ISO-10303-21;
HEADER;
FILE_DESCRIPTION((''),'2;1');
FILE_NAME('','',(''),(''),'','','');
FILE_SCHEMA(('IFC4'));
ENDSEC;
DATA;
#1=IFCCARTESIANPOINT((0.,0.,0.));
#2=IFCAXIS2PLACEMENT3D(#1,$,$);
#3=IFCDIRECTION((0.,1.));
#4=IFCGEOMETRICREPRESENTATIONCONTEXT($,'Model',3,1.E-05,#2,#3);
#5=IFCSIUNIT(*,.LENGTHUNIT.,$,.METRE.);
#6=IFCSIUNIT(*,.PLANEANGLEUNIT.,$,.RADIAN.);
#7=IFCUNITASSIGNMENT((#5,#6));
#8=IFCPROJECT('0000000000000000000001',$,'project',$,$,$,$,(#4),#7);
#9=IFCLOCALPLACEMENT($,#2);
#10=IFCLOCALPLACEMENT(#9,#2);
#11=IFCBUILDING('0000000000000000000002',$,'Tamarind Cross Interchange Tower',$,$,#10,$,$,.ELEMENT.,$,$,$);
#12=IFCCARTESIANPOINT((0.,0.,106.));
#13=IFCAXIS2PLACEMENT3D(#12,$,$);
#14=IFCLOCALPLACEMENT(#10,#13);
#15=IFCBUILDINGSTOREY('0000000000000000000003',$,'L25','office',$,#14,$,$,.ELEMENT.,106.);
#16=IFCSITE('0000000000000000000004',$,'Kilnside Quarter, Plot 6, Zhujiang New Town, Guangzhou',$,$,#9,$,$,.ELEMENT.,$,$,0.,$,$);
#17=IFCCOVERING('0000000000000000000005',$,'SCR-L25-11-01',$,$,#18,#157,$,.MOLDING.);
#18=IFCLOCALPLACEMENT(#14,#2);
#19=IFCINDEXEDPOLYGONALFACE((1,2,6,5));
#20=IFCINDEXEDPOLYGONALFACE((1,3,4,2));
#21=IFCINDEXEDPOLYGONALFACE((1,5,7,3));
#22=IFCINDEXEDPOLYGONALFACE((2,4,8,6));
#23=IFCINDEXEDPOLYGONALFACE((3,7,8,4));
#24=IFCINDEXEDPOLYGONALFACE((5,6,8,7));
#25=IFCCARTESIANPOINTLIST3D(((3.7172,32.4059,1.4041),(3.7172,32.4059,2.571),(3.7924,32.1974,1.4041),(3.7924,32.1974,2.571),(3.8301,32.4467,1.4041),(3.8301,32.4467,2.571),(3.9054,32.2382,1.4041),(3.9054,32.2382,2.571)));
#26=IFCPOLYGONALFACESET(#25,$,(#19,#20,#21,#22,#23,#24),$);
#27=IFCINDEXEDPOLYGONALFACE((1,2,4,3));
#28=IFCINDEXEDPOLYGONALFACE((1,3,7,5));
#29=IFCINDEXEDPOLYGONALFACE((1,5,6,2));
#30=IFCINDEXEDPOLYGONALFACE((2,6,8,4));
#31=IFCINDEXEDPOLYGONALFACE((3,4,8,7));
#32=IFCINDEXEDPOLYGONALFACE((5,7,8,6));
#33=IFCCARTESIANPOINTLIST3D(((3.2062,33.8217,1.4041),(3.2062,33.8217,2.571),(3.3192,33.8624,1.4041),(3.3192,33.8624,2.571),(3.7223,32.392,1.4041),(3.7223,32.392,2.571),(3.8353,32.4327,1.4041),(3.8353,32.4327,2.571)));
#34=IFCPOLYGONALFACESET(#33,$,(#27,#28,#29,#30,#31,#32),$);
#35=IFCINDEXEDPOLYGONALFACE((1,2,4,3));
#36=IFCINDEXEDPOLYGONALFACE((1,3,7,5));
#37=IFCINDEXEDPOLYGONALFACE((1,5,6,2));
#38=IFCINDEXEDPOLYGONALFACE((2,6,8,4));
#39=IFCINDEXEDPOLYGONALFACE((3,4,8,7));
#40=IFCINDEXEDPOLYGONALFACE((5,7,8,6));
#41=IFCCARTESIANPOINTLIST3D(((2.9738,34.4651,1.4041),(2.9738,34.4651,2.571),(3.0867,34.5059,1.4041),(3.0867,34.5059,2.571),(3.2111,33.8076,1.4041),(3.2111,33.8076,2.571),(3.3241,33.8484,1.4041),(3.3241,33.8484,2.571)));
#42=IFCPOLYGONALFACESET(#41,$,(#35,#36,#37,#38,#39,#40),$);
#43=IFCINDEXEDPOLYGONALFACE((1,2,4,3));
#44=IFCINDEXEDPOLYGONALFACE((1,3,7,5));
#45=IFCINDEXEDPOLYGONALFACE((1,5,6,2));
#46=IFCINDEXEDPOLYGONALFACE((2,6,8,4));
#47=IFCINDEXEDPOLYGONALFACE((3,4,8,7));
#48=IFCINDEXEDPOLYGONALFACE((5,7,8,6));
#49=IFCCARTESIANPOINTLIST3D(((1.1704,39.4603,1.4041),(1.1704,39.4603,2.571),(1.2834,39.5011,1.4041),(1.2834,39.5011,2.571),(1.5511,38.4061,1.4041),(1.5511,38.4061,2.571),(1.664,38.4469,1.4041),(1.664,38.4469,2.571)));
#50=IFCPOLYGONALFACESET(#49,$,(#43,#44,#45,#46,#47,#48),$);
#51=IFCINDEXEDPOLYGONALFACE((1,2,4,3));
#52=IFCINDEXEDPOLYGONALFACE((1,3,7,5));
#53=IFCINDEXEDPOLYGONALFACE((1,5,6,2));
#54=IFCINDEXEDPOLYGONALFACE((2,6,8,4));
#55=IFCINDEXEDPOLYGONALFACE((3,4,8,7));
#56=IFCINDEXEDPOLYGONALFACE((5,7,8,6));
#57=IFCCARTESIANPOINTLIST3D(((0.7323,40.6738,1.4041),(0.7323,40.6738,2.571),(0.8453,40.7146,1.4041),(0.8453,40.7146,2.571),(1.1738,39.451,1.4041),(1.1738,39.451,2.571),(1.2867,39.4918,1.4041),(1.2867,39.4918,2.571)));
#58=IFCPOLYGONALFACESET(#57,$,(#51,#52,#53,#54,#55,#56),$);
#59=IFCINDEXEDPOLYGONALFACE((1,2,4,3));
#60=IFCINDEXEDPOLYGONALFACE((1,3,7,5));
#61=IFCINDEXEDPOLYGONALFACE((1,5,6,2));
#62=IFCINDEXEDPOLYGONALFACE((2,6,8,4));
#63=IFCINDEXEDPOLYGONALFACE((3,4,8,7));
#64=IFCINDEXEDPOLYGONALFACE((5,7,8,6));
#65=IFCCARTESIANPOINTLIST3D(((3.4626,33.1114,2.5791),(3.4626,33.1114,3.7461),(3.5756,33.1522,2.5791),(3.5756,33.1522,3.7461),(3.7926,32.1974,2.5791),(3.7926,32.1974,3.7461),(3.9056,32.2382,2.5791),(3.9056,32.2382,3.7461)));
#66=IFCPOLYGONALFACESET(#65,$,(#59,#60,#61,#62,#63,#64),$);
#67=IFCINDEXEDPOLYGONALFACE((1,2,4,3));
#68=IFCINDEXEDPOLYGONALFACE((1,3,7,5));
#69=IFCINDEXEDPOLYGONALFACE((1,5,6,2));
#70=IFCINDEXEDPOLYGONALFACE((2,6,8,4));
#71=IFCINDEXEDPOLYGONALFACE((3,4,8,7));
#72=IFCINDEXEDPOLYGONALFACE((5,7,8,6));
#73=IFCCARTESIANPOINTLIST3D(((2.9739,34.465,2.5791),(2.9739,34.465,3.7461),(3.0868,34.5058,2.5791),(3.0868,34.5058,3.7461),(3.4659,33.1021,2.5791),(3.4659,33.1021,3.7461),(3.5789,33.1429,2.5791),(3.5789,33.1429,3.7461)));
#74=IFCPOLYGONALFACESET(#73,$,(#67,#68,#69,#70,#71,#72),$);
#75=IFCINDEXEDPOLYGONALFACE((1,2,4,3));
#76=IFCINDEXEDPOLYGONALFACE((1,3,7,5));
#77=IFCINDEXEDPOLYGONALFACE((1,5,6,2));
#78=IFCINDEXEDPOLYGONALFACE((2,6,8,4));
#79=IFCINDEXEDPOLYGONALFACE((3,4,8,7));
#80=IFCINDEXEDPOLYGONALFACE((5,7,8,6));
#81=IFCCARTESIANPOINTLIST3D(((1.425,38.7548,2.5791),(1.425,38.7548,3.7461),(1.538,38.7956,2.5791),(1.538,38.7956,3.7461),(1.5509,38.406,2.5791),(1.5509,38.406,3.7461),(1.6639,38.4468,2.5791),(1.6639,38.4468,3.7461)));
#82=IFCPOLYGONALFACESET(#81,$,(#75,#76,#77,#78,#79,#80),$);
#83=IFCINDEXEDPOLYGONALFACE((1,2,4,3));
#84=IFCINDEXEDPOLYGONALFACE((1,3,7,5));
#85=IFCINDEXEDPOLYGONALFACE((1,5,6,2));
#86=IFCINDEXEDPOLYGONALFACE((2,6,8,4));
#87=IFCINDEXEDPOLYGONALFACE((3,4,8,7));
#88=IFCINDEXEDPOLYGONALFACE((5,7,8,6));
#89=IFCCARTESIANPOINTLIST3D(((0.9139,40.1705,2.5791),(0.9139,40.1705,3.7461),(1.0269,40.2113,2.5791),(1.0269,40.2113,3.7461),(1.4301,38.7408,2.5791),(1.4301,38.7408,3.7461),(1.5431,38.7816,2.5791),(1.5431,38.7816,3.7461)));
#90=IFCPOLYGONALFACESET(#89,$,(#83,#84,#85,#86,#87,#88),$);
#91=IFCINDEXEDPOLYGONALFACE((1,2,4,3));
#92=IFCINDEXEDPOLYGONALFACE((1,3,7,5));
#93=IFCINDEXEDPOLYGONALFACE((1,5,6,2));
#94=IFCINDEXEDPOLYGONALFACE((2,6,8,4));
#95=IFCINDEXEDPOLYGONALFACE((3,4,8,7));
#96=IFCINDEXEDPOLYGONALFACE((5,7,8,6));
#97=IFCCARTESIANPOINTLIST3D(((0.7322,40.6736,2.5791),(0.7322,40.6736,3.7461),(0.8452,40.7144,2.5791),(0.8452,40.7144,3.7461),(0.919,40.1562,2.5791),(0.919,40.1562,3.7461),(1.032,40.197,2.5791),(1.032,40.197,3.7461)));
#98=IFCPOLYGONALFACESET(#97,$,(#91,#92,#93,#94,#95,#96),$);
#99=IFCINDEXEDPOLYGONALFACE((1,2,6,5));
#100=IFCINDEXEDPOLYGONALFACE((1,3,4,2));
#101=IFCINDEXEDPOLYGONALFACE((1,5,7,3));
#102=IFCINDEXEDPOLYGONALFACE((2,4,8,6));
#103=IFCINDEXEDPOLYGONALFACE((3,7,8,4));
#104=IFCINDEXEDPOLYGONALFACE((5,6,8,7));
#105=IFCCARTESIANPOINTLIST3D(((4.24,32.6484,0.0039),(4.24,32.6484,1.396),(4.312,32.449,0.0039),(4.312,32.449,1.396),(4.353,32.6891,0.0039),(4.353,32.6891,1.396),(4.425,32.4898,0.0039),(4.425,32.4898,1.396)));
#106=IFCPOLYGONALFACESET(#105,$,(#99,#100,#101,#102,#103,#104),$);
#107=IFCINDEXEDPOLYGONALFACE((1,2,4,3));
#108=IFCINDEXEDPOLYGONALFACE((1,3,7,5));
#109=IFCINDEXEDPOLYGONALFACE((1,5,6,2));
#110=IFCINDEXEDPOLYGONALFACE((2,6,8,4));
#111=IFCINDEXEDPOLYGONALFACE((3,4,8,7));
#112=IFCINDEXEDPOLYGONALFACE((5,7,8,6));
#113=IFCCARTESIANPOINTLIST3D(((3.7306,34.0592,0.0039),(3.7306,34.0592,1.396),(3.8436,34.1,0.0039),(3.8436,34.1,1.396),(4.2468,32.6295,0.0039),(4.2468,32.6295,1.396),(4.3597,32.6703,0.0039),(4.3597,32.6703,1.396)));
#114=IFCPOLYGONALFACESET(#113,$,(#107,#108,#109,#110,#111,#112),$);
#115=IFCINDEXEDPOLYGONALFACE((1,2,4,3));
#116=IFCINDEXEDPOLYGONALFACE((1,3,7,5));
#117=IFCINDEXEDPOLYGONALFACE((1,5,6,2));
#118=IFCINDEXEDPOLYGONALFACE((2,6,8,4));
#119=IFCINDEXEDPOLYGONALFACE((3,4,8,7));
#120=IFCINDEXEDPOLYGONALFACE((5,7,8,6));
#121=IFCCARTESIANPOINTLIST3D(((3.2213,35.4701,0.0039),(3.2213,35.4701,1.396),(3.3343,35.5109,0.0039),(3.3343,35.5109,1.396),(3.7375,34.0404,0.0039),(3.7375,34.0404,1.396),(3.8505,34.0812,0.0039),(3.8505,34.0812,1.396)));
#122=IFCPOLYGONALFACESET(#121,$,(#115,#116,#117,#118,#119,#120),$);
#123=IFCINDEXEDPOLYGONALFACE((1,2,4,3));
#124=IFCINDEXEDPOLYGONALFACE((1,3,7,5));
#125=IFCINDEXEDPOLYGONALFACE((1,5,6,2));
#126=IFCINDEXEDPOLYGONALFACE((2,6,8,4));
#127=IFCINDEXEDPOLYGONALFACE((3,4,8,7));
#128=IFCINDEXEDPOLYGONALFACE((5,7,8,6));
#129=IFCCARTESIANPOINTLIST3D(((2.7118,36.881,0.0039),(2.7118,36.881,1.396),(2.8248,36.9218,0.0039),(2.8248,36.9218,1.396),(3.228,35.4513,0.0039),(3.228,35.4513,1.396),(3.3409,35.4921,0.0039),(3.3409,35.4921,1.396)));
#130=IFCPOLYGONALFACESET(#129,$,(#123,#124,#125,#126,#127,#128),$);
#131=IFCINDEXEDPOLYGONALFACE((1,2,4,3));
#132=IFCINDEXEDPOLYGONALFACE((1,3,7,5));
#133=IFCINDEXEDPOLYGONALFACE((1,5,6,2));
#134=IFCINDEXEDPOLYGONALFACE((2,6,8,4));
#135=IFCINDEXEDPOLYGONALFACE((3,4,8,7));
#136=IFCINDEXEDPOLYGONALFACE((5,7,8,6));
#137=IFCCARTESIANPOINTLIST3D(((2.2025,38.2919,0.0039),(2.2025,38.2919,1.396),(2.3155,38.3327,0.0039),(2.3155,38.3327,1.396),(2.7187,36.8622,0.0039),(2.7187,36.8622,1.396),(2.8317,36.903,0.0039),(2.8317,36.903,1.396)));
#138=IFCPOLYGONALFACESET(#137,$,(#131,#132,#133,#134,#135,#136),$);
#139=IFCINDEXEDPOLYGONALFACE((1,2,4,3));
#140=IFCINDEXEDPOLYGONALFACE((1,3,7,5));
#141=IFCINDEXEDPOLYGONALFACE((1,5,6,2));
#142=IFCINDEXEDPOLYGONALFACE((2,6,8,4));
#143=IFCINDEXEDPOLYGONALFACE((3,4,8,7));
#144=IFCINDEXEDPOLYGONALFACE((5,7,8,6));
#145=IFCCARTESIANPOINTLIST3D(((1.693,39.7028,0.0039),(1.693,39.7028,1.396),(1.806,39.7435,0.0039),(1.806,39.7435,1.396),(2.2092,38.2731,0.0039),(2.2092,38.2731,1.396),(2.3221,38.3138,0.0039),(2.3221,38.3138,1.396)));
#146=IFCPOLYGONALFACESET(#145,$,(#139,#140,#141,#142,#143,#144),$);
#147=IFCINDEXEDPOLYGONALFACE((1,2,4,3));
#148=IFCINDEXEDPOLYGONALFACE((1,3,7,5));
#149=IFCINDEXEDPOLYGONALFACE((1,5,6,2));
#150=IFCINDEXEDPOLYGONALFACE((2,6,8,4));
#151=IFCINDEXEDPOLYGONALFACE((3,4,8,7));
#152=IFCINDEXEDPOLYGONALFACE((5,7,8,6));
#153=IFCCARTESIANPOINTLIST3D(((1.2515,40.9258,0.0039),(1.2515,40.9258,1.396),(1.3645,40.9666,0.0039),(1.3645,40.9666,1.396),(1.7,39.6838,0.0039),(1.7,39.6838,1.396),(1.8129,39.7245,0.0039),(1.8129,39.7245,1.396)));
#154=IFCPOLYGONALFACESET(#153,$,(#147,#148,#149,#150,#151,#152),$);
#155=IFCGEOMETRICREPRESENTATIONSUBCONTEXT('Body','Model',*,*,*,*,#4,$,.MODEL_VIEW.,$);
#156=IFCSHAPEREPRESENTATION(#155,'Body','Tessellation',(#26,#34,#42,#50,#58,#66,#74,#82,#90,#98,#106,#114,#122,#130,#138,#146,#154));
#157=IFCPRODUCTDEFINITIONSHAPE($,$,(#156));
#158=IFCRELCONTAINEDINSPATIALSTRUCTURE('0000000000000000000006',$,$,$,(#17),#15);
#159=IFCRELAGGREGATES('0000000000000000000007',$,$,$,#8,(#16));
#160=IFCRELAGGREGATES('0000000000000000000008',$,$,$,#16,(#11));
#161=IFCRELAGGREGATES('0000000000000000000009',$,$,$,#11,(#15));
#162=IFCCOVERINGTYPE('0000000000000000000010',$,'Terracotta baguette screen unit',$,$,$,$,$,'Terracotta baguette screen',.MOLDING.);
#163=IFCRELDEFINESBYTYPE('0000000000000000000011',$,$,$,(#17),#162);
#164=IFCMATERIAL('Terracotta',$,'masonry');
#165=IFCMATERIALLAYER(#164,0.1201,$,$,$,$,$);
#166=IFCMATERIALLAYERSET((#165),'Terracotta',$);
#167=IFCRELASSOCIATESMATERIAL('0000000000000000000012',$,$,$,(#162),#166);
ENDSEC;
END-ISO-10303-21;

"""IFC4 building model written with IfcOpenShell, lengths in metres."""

from ifc_helpers import new_model, si_unit, direction, frame, origin, origin_2d, place, context, subcontext, project, spatial, rectangle, extrude, material, layer, layer_set, type_object, element, save


model = new_model("IFC4")

# Units and contexts
model_context = context("Model", 3, precision=1e-05, world=origin(), true_north=direction((0.0, 1.0)))
body_context = subcontext(model_context, "Body", "Model", "MODEL_VIEW")
ifc_project = project(units=[si_unit("LENGTHUNIT", "METRE"), si_unit("PLANEANGLEUNIT", "RADIAN")], contexts=[model_context])

# Site, building, storey
site_placement = place(None, origin())
site = spatial("IfcSite", under=ifc_project, at=site_placement, Name="Kilnside Quarter, Plot 6, Zhujiang New Town, Guangzhou", CompositionType="ELEMENT", RefElevation=0.0)
building_placement = place(site_placement, origin())
building = spatial("IfcBuilding", under=site, at=building_placement, Name="Tamarind Cross Interchange Tower", CompositionType="ELEMENT")
storey_placement = place(building_placement, frame((0.0, 0.0, 106.0)))
storey = spatial("IfcBuildingStorey", under=building, at=storey_placement, Name="L25", Description="office", CompositionType="ELEMENT", Elevation=106.0)

# Covering
ifc_material_1 = material(Name="Terracotta", Category="masonry")
ifc_layer_1 = layer(ifc_material_1, 0.1201)
ifc_layer_set_1 = layer_set([ifc_layer_1], Name="Terracotta")
covering_type = type_object("IfcCoveringType", Name="Terracotta baguette screen unit", ElementType="Terracotta baguette screen", PredefinedType="MOLDING", material=ifc_layer_set_1)
covering_1_placement = place(storey_placement, origin())
element("IfcCovering", 1, at=covering_1_placement, inside=storey, type_object=covering_type, Name="SCR-L25-11-01", PredefinedType="MOLDING", context=body_context, shape_type="SweptSolid", body=[
    extrude(rectangle(XDim=0.2217, YDim=0.1201, at=origin_2d()), frame((3.8113, 32.322, 1.4041), z_axis=(0.0, 0.0, 1.0), x_axis=(-0.339579, 0.940578, 0.0)), (0.0, 0.0, 1.0), 1.167),
    extrude(rectangle(XDim=1.52, YDim=0.1201, at=origin_2d()), frame((3.5208, 33.1272, 1.4041), z_axis=(0.0, 0.0, 1.0), x_axis=(-0.339579, 0.940578, 0.0)), (0.0, 0.0, 1.0), 1.167),
    extrude(rectangle(XDim=0.699, YDim=0.1201, at=origin_2d()), frame((3.1489, 34.1567, 1.4041), z_axis=(0.0, 0.0, 1.0), x_axis=(-0.339579, 0.940578, 0.0)), (0.0, 0.0, 1.0), 1.167),
    extrude(rectangle(XDim=1.1208, YDim=0.1201, at=origin_2d()), frame((1.4172, 38.9536, 1.4041), z_axis=(0.0, 0.0, 1.0), x_axis=(-0.339579, 0.940578, 0.0)), (0.0, 0.0, 1.0), 1.167),
    extrude(rectangle(XDim=1.3, YDim=0.1201, at=origin_2d()), frame((1.0095, 40.0828, 1.4041), z_axis=(0.0, 0.0, 1.0), x_axis=(-0.339579, 0.940578, 0.0)), (0.0, 0.0, 1.0), 1.167),
    extrude(rectangle(XDim=0.9717, YDim=0.1201, at=origin_2d()), frame((3.6841, 32.6748, 2.5791), z_axis=(0.0, 0.0, 1.0), x_axis=(-0.339579, 0.940578, 0.0)), (0.0, 0.0, 1.0), 1.167),
    extrude(rectangle(XDim=1.449, YDim=0.1201, at=origin_2d()), frame((3.2764, 33.804, 2.5791), z_axis=(0.0, 0.0, 1.0), x_axis=(-0.339579, 0.940578, 0.0)), (0.0, 0.0, 1.0), 1.167),
    extrude(rectangle(XDim=0.3708, YDim=0.1201, at=origin_2d()), frame((1.5444, 38.6008, 2.5791), z_axis=(0.0, 0.0, 1.0), x_axis=(-0.339579, 0.940578, 0.0)), (0.0, 0.0, 1.0), 1.167),
    extrude(rectangle(XDim=1.52, YDim=0.1201, at=origin_2d()), frame((1.2285, 39.4761, 2.5791), z_axis=(0.0, 0.0, 1.0), x_axis=(-0.339579, 0.940578, 0.0)), (0.0, 0.0, 1.0), 1.167),
    extrude(rectangle(XDim=0.55, YDim=0.1201, at=origin_2d()), frame((0.8821, 40.4353, 2.5791), z_axis=(0.0, 0.0, 1.0), x_axis=(-0.339579, 0.940578, 0.0)), (0.0, 0.0, 1.0), 1.167),
    extrude(rectangle(XDim=0.2119, YDim=0.1201, at=origin_2d()), frame((4.3325, 32.5691, 0.0039), z_axis=(0.0, 0.0, 1.0), x_axis=(-0.339579, 0.940578, 0.0)), (0.0, 0.0, 1.0), 1.3921),
    extrude(rectangle(XDim=1.52, YDim=0.1201, at=origin_2d()), frame((4.0452, 33.3647, 0.0039), z_axis=(0.0, 0.0, 1.0), x_axis=(-0.339579, 0.940578, 0.0)), (0.0, 0.0, 1.0), 1.3921),
    extrude(rectangle(XDim=1.52, YDim=0.1201, at=origin_2d()), frame((3.5359, 34.7756, 0.0039), z_axis=(0.0, 0.0, 1.0), x_axis=(-0.339579, 0.940578, 0.0)), (0.0, 0.0, 1.0), 1.3921),
    extrude(rectangle(XDim=1.52, YDim=0.1201, at=origin_2d()), frame((3.0264, 36.1865, 0.0039), z_axis=(0.0, 0.0, 1.0), x_axis=(-0.339579, 0.940578, 0.0)), (0.0, 0.0, 1.0), 1.3921),
    extrude(rectangle(XDim=1.52, YDim=0.1201, at=origin_2d()), frame((2.5171, 37.5974, 0.0039), z_axis=(0.0, 0.0, 1.0), x_axis=(-0.339579, 0.940578, 0.0)), (0.0, 0.0, 1.0), 1.3921),
    extrude(rectangle(XDim=1.52, YDim=0.1201, at=origin_2d()), frame((2.0076, 39.0083, 0.0039), z_axis=(0.0, 0.0, 1.0), x_axis=(-0.339579, 0.940578, 0.0)), (0.0, 0.0, 1.0), 1.3921),
    extrude(rectangle(XDim=1.3206, YDim=0.1201, at=origin_2d()), frame((1.5322, 40.3252, 0.0039), z_axis=(0.0, 0.0, 1.0), x_axis=(-0.339579, 0.940578, 0.0)), (0.0, 0.0, 1.0), 1.3921),
])

save(model, "model.ifc")
